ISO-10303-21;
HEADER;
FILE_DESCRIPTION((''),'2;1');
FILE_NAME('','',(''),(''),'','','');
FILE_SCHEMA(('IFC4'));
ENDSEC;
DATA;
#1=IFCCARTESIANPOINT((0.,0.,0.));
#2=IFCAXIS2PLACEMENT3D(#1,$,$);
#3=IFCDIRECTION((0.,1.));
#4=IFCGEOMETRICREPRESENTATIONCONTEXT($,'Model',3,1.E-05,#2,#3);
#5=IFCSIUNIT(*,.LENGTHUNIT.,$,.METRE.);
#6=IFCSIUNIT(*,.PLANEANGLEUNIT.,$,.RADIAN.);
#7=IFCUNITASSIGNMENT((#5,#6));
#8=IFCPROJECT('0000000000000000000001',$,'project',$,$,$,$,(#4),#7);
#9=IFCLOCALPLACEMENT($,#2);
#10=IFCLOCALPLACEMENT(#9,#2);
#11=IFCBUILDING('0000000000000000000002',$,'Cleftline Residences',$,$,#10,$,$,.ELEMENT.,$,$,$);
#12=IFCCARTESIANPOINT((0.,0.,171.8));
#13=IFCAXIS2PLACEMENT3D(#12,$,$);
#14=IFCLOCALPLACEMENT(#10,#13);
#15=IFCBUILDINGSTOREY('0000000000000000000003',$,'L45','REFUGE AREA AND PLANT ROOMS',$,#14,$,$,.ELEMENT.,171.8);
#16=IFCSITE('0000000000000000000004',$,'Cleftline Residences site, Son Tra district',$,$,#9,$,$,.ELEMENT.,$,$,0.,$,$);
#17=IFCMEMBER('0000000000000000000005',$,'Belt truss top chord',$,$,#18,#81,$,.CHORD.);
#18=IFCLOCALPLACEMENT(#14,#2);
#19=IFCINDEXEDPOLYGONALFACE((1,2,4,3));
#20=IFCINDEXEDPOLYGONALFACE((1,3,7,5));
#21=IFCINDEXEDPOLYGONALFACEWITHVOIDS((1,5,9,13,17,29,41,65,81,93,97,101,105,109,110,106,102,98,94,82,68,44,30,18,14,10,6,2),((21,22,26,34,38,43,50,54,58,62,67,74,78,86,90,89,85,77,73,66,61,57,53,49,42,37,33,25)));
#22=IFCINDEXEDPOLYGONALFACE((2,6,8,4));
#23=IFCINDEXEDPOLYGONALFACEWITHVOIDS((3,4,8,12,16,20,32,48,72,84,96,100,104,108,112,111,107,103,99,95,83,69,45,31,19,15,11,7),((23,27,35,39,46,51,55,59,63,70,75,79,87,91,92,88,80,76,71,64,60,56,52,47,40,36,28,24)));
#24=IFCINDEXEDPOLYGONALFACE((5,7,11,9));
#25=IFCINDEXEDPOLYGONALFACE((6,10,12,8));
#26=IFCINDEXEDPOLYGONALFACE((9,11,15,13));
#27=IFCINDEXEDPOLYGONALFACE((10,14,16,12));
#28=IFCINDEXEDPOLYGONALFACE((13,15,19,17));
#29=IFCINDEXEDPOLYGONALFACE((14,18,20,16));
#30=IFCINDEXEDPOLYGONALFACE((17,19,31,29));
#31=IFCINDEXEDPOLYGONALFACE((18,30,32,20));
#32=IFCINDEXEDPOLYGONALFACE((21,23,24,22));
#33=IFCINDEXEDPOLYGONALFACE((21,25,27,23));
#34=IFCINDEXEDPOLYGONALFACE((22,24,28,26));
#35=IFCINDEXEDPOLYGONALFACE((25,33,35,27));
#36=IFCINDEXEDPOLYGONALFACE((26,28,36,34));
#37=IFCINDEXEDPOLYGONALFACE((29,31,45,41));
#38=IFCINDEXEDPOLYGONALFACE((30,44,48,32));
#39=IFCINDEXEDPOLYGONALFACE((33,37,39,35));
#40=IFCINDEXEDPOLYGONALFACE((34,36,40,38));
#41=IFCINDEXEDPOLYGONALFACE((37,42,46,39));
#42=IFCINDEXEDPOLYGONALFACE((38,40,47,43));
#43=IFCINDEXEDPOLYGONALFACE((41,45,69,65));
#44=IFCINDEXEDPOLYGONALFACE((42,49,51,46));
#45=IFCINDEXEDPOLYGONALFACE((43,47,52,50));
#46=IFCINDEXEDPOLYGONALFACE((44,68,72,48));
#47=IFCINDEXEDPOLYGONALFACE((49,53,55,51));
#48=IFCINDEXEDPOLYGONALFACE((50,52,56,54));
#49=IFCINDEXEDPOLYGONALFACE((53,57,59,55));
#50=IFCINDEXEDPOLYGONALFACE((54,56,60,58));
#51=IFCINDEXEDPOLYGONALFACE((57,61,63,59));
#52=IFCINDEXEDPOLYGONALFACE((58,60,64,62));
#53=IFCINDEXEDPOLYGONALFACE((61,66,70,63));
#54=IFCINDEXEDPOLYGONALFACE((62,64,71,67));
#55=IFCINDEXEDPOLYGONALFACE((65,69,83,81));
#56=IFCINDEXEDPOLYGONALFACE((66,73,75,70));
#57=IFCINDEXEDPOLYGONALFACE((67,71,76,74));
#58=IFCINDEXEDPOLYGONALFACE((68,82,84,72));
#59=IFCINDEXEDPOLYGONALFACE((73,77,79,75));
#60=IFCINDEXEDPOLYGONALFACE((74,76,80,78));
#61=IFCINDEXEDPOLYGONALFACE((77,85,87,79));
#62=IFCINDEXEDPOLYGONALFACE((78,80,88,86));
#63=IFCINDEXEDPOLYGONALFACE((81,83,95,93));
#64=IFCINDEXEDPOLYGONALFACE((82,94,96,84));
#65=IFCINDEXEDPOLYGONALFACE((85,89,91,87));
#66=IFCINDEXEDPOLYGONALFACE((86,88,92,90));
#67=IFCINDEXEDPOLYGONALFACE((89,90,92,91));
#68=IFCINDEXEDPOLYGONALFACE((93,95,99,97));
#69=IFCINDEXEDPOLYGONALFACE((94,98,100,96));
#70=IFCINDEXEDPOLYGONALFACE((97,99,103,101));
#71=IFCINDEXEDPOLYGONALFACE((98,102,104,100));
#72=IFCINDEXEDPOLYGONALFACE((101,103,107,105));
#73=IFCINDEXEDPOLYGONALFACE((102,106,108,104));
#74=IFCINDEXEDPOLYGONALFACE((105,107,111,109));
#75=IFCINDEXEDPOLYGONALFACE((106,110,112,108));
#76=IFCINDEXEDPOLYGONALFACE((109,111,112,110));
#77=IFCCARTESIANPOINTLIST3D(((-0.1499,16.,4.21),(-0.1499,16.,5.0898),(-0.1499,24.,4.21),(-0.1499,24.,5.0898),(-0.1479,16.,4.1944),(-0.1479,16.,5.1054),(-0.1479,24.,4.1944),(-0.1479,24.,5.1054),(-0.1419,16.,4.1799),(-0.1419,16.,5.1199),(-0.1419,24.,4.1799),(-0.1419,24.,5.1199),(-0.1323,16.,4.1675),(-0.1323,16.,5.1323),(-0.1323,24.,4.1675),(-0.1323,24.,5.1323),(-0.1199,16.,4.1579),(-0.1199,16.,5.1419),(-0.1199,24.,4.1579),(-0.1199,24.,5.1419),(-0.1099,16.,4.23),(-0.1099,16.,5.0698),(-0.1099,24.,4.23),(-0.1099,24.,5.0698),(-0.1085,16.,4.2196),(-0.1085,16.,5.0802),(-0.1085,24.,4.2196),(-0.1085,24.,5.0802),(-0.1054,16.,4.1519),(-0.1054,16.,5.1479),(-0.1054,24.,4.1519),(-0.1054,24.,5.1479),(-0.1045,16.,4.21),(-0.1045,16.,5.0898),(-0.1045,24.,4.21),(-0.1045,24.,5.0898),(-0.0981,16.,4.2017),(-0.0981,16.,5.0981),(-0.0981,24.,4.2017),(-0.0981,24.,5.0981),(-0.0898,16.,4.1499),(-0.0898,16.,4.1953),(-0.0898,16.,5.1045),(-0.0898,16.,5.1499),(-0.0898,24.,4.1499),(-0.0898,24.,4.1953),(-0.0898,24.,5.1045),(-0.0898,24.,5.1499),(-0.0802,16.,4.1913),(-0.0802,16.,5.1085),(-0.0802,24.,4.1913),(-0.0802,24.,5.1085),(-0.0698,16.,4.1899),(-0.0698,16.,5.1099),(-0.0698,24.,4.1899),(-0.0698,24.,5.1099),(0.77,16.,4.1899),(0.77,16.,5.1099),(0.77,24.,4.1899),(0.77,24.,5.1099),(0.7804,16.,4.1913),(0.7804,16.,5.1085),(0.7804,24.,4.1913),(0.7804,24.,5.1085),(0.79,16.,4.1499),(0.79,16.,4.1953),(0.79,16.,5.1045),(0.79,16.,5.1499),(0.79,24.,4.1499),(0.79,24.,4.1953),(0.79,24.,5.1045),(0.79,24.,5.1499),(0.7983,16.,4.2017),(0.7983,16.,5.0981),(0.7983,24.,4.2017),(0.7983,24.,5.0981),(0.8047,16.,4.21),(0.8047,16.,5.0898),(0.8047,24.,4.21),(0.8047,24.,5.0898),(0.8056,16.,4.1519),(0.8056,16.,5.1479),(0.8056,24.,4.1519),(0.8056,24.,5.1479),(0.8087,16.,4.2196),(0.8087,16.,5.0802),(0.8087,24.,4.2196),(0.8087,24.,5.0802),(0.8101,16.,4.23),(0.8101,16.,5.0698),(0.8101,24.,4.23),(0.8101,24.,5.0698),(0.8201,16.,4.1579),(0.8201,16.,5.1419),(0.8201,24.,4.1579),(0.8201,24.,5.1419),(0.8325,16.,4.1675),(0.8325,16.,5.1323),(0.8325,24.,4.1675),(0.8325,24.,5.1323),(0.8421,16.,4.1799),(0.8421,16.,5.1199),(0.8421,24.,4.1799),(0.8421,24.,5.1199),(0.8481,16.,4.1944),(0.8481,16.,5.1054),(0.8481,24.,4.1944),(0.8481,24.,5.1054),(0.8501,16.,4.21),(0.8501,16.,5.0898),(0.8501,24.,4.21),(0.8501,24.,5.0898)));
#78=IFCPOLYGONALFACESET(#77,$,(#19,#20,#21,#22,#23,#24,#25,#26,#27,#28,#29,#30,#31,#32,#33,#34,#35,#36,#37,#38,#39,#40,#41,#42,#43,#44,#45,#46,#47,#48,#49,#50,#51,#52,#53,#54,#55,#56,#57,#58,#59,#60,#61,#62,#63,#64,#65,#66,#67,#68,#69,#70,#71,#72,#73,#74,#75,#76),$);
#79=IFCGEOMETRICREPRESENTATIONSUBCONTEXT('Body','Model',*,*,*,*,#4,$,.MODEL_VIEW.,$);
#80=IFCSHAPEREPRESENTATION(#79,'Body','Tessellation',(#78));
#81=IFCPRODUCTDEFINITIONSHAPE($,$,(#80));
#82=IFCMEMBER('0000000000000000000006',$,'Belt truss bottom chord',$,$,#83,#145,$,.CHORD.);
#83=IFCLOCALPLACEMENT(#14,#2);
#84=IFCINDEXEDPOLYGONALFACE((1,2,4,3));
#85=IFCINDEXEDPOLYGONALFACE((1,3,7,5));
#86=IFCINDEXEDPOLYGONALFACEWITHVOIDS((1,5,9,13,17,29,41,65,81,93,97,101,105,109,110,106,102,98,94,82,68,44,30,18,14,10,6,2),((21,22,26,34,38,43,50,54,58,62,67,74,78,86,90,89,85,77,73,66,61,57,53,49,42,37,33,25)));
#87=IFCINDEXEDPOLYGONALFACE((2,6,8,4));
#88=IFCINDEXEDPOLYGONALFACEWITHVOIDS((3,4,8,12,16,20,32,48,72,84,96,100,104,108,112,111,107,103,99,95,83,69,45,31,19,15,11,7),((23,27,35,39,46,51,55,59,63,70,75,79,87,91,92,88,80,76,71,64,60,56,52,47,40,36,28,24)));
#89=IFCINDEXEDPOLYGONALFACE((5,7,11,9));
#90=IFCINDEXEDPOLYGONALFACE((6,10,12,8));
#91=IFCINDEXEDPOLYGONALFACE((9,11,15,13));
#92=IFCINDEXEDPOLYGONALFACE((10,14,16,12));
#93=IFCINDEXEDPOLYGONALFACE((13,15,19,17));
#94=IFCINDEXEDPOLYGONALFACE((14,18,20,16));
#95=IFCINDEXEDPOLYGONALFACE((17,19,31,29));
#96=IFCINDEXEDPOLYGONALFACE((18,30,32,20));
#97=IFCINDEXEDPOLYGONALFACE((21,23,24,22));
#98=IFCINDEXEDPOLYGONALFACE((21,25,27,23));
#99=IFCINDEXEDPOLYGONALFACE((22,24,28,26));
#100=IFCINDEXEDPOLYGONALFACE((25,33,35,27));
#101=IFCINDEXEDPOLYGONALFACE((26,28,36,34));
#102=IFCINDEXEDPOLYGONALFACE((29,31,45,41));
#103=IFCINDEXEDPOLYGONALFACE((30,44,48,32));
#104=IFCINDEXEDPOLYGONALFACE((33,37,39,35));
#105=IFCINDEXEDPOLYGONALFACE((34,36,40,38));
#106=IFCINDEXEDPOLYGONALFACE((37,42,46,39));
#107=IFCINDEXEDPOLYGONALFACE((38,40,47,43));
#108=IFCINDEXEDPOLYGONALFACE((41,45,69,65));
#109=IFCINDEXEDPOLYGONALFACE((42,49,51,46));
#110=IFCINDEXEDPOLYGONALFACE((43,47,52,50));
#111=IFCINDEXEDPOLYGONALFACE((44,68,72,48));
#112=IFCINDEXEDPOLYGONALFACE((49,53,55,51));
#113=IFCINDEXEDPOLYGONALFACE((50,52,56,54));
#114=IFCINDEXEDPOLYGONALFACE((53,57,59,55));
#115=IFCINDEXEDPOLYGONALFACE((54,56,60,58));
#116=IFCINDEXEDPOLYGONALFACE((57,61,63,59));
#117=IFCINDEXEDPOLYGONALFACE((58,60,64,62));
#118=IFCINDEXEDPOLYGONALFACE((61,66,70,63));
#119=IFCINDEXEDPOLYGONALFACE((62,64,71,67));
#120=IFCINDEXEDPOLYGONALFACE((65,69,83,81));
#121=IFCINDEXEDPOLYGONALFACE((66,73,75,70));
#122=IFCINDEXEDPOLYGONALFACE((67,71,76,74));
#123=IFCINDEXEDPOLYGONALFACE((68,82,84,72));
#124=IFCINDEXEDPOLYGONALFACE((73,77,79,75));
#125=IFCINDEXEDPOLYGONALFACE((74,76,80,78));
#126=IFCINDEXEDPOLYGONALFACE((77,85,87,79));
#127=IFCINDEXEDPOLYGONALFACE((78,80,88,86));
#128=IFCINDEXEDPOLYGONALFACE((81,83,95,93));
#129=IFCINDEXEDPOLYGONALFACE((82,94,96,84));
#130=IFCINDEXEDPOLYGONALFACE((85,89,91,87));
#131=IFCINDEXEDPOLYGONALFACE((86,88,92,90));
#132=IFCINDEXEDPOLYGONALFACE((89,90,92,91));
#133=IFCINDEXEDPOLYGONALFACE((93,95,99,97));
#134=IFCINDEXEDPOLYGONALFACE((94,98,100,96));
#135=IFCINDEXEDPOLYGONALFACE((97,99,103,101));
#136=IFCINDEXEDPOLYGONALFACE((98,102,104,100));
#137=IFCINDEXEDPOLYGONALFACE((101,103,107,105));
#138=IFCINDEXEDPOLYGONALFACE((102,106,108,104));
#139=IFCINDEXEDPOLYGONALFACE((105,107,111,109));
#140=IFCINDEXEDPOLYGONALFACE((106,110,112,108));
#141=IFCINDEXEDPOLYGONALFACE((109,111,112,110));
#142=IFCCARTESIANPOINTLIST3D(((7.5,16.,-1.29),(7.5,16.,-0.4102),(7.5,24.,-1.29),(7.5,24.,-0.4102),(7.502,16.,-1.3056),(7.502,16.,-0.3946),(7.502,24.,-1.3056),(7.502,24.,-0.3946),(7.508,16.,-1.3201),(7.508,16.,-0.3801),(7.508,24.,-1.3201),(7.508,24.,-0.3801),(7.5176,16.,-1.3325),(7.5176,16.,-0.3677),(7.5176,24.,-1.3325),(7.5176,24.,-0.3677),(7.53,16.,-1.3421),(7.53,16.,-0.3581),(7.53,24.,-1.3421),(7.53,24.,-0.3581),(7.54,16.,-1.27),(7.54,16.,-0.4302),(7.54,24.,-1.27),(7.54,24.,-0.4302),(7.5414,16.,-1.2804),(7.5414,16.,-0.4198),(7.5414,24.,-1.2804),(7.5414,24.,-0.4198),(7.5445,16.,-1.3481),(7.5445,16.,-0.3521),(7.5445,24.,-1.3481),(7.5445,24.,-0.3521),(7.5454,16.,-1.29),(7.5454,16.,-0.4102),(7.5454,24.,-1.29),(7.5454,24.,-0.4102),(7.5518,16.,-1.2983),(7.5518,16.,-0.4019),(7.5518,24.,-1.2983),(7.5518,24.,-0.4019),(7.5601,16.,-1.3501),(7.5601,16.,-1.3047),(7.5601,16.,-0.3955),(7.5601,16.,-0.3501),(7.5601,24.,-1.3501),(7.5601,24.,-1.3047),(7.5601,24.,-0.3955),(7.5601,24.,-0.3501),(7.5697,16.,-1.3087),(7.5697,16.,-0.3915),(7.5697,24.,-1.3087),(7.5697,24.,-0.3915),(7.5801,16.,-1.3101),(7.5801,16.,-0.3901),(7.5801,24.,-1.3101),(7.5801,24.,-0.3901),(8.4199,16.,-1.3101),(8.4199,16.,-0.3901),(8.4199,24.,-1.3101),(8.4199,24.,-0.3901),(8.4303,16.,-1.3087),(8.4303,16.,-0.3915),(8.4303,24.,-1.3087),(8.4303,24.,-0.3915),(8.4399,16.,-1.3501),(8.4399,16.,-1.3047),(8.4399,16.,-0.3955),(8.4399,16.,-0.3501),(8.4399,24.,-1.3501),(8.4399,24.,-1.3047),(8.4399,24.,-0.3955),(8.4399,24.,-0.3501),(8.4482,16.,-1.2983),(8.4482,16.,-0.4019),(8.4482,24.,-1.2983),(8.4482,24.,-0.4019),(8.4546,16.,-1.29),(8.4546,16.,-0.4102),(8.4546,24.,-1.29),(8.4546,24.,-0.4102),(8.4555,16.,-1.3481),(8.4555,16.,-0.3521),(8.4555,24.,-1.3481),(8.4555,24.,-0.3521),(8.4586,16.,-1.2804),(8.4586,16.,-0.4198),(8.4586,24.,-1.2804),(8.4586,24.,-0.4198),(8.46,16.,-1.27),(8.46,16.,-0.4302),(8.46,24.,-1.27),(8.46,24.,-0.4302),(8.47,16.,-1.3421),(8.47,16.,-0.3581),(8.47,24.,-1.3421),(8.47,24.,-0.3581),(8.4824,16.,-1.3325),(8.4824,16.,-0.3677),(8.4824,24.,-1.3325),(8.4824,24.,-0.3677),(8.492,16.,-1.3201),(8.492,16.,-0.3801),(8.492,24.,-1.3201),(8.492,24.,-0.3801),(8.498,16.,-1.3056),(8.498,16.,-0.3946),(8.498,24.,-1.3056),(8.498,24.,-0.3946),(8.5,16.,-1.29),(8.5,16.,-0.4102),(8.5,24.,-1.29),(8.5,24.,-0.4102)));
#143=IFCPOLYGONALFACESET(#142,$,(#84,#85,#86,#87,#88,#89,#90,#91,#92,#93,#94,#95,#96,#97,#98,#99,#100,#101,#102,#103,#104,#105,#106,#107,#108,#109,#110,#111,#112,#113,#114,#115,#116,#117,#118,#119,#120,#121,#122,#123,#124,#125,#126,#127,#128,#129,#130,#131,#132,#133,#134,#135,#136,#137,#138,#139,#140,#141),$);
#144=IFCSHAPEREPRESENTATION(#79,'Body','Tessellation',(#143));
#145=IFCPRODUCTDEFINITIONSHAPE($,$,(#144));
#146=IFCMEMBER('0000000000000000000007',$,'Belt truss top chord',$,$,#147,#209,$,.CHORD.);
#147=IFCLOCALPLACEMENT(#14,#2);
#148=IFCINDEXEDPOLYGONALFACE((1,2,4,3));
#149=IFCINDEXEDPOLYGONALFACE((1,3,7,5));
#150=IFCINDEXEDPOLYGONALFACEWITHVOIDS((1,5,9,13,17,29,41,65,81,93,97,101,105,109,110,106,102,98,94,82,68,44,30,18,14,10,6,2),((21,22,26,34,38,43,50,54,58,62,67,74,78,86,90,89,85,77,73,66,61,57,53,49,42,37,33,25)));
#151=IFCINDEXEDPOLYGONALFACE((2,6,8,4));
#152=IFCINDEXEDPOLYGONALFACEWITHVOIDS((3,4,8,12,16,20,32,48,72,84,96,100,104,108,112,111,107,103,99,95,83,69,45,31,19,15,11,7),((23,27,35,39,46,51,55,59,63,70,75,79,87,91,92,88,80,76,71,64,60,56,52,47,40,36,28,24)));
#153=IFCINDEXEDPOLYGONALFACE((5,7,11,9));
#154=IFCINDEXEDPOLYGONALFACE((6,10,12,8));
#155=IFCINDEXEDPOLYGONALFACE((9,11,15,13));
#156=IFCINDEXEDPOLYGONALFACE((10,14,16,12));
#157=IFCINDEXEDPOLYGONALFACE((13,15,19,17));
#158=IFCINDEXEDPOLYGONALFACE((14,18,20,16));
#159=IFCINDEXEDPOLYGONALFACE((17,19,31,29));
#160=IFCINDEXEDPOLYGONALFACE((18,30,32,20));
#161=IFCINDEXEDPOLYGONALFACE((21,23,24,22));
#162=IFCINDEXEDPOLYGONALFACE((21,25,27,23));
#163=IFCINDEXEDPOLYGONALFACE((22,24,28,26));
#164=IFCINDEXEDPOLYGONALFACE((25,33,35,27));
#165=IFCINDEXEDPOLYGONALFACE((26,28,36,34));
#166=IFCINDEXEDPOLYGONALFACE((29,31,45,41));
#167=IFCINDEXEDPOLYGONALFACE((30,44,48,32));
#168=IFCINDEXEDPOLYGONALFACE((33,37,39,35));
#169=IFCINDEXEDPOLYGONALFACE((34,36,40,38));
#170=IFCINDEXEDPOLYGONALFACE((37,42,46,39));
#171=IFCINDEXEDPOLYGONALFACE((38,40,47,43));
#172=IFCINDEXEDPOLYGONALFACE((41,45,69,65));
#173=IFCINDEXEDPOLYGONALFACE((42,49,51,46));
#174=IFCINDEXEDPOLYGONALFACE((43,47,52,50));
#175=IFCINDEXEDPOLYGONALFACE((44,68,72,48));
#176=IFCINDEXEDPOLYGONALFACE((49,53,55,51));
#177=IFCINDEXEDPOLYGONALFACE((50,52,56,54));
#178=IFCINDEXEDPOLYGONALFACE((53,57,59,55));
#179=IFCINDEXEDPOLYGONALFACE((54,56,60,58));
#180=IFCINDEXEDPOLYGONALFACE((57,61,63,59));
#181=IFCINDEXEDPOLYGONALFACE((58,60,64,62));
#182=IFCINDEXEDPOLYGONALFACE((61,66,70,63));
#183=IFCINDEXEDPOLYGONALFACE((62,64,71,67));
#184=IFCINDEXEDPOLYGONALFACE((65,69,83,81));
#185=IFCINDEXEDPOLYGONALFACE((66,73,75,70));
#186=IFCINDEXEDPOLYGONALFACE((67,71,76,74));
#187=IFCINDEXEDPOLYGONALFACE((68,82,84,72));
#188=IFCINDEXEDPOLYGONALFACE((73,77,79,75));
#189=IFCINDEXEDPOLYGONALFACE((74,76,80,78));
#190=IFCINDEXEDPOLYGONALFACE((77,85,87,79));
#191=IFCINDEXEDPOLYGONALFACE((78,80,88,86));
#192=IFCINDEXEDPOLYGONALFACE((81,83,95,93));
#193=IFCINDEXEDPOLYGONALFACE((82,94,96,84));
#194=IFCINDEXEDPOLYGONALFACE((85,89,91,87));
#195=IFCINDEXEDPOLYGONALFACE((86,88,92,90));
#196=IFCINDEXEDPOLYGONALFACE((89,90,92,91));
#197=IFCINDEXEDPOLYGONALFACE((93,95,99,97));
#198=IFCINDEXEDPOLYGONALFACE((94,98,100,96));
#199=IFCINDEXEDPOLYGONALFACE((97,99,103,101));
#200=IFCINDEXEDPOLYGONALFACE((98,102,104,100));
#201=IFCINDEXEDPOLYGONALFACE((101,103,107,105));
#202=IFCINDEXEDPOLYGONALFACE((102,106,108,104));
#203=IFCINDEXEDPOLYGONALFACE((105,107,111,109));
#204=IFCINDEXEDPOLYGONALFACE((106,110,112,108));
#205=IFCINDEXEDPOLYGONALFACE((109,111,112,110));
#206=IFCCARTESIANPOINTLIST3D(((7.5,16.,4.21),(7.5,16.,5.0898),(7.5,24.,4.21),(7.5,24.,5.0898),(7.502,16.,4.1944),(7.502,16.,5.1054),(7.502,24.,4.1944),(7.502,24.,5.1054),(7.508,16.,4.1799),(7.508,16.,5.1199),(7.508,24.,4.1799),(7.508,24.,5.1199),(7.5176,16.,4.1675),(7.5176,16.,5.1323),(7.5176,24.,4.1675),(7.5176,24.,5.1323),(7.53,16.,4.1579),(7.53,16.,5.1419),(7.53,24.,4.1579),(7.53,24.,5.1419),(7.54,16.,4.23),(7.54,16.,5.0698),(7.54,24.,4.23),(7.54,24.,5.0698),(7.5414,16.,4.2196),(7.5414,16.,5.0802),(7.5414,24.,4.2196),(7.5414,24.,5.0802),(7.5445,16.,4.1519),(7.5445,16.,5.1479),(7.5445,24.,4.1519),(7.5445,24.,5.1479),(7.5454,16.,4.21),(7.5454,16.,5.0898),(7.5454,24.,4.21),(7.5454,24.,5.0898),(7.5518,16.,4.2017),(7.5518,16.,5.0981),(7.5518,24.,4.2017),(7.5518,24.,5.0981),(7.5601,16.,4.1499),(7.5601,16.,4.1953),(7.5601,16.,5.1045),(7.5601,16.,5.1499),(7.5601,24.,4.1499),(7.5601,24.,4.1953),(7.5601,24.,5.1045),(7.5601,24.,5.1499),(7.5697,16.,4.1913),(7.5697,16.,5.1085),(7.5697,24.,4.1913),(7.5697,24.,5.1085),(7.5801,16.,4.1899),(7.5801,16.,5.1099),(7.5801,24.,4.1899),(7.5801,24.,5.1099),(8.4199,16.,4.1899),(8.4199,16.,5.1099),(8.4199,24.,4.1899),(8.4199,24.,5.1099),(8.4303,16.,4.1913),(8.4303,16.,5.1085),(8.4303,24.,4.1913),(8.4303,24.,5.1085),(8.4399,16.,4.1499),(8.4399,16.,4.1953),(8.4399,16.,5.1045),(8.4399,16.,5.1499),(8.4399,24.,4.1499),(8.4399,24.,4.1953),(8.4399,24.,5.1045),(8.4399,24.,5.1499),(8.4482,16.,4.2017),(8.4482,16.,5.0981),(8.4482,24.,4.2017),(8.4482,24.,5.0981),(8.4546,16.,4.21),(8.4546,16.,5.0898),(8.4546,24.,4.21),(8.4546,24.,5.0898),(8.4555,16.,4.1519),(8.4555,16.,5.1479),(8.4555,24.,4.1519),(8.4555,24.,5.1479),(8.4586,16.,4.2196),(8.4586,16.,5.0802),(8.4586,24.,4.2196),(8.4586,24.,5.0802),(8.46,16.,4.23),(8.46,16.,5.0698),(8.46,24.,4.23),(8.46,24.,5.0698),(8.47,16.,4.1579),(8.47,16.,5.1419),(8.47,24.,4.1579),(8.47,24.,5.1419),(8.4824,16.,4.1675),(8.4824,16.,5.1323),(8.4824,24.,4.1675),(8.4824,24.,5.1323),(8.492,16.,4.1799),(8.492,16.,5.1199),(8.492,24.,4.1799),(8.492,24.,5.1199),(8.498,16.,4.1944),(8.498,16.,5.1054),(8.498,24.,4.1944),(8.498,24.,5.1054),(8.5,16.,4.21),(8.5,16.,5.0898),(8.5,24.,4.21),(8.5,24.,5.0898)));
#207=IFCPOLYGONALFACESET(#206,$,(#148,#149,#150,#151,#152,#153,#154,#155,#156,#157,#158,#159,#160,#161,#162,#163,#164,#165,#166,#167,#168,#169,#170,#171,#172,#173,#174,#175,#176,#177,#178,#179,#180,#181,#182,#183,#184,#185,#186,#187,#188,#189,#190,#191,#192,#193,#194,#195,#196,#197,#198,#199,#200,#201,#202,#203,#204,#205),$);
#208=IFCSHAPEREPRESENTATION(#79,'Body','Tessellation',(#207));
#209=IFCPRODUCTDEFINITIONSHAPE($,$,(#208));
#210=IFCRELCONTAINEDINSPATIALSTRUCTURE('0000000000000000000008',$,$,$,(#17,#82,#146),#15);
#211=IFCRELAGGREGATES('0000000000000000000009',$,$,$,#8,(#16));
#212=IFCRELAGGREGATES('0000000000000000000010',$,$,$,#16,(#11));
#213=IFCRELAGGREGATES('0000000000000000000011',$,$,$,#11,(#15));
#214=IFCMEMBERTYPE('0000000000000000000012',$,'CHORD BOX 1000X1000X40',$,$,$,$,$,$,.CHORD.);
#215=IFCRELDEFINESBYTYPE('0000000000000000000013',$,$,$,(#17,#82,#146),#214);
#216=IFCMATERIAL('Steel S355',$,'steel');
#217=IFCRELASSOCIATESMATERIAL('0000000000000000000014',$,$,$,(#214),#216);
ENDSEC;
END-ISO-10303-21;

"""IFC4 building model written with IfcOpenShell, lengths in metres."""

from ifc_helpers import new_model, si_unit, direction, frame, origin, origin_2d, place, context, subcontext, project, spatial, hollow_rectangle, extrude, material, material_profile, profile_set, type_object, element, save


model = new_model("IFC4")

# Units and contexts
model_context = context("Model", 3, precision=1e-05, world=origin(), true_north=direction((0.0, 1.0)))
body_context = subcontext(model_context, "Body", "Model", "MODEL_VIEW")
ifc_project = project(units=[si_unit("LENGTHUNIT", "METRE"), si_unit("PLANEANGLEUNIT", "RADIAN")], contexts=[model_context])

# Site, building, storey
site_placement = place(None, origin())
site = spatial("IfcSite", under=ifc_project, at=site_placement, Name="Cleftline Residences site, Son Tra district", CompositionType="ELEMENT", RefElevation=0.0)
building_placement = place(site_placement, origin())
building = spatial("IfcBuilding", under=site, at=building_placement, Name="Cleftline Residences", CompositionType="ELEMENT")
storey_placement = place(building_placement, frame((0.0, 0.0, 171.8)))
storey = spatial("IfcBuildingStorey", under=building, at=storey_placement, Name="L45", Description="REFUGE AREA AND PLANT ROOMS", CompositionType="ELEMENT", Elevation=171.8)

# Members
ifc_material_1 = material(Name="Steel S355", Category="steel")
ifc_material_profile_1 = material_profile(ifc_material_1, hollow_rectangle(XDim=1.0, YDim=1.0, WallThickness=0.04, InnerFilletRadius=0.04, OuterFilletRadius=0.0601, at=origin_2d()))
ifc_profile_set_1 = profile_set([ifc_material_profile_1], Name="Steel S355")
member_type_1 = type_object("IfcMemberType", Name="CHORD BOX 1000X1000X40", PredefinedType="CHORD", material=ifc_profile_set_1)
for number, where, z_axis, x_axis, name in (
    (1, (0.3501, 16.0, 4.6499), (0.0, 1.0, 0.0), (-1.0, 0.0, 0.0), "Belt truss top chord"),
    (2, (8.0, 16.0, -0.8501), (0.0, 1.0, 0.0), (-1.0, 0.0, 0.0), "Belt truss bottom chord"),
    (3, (8.0, 16.0, 4.6499), (0.0, 1.0, 0.0), (-1.0, 0.0, 0.0), "Belt truss top chord"),
):
    element("IfcMember", number, at=place(storey_placement, frame(where, z_axis=z_axis, x_axis=x_axis)), inside=storey, type_object=member_type_1, Name=name, PredefinedType="CHORD", context=body_context, shape_type="SweptSolid", body=[
        extrude(hollow_rectangle(XDim=1.0, YDim=1.0, WallThickness=0.04, InnerFilletRadius=0.04, OuterFilletRadius=0.0601, at=origin_2d()), origin(), (0.0, 0.0, 1.0), 8.0),
    ])

save(model, "model.ifc")
